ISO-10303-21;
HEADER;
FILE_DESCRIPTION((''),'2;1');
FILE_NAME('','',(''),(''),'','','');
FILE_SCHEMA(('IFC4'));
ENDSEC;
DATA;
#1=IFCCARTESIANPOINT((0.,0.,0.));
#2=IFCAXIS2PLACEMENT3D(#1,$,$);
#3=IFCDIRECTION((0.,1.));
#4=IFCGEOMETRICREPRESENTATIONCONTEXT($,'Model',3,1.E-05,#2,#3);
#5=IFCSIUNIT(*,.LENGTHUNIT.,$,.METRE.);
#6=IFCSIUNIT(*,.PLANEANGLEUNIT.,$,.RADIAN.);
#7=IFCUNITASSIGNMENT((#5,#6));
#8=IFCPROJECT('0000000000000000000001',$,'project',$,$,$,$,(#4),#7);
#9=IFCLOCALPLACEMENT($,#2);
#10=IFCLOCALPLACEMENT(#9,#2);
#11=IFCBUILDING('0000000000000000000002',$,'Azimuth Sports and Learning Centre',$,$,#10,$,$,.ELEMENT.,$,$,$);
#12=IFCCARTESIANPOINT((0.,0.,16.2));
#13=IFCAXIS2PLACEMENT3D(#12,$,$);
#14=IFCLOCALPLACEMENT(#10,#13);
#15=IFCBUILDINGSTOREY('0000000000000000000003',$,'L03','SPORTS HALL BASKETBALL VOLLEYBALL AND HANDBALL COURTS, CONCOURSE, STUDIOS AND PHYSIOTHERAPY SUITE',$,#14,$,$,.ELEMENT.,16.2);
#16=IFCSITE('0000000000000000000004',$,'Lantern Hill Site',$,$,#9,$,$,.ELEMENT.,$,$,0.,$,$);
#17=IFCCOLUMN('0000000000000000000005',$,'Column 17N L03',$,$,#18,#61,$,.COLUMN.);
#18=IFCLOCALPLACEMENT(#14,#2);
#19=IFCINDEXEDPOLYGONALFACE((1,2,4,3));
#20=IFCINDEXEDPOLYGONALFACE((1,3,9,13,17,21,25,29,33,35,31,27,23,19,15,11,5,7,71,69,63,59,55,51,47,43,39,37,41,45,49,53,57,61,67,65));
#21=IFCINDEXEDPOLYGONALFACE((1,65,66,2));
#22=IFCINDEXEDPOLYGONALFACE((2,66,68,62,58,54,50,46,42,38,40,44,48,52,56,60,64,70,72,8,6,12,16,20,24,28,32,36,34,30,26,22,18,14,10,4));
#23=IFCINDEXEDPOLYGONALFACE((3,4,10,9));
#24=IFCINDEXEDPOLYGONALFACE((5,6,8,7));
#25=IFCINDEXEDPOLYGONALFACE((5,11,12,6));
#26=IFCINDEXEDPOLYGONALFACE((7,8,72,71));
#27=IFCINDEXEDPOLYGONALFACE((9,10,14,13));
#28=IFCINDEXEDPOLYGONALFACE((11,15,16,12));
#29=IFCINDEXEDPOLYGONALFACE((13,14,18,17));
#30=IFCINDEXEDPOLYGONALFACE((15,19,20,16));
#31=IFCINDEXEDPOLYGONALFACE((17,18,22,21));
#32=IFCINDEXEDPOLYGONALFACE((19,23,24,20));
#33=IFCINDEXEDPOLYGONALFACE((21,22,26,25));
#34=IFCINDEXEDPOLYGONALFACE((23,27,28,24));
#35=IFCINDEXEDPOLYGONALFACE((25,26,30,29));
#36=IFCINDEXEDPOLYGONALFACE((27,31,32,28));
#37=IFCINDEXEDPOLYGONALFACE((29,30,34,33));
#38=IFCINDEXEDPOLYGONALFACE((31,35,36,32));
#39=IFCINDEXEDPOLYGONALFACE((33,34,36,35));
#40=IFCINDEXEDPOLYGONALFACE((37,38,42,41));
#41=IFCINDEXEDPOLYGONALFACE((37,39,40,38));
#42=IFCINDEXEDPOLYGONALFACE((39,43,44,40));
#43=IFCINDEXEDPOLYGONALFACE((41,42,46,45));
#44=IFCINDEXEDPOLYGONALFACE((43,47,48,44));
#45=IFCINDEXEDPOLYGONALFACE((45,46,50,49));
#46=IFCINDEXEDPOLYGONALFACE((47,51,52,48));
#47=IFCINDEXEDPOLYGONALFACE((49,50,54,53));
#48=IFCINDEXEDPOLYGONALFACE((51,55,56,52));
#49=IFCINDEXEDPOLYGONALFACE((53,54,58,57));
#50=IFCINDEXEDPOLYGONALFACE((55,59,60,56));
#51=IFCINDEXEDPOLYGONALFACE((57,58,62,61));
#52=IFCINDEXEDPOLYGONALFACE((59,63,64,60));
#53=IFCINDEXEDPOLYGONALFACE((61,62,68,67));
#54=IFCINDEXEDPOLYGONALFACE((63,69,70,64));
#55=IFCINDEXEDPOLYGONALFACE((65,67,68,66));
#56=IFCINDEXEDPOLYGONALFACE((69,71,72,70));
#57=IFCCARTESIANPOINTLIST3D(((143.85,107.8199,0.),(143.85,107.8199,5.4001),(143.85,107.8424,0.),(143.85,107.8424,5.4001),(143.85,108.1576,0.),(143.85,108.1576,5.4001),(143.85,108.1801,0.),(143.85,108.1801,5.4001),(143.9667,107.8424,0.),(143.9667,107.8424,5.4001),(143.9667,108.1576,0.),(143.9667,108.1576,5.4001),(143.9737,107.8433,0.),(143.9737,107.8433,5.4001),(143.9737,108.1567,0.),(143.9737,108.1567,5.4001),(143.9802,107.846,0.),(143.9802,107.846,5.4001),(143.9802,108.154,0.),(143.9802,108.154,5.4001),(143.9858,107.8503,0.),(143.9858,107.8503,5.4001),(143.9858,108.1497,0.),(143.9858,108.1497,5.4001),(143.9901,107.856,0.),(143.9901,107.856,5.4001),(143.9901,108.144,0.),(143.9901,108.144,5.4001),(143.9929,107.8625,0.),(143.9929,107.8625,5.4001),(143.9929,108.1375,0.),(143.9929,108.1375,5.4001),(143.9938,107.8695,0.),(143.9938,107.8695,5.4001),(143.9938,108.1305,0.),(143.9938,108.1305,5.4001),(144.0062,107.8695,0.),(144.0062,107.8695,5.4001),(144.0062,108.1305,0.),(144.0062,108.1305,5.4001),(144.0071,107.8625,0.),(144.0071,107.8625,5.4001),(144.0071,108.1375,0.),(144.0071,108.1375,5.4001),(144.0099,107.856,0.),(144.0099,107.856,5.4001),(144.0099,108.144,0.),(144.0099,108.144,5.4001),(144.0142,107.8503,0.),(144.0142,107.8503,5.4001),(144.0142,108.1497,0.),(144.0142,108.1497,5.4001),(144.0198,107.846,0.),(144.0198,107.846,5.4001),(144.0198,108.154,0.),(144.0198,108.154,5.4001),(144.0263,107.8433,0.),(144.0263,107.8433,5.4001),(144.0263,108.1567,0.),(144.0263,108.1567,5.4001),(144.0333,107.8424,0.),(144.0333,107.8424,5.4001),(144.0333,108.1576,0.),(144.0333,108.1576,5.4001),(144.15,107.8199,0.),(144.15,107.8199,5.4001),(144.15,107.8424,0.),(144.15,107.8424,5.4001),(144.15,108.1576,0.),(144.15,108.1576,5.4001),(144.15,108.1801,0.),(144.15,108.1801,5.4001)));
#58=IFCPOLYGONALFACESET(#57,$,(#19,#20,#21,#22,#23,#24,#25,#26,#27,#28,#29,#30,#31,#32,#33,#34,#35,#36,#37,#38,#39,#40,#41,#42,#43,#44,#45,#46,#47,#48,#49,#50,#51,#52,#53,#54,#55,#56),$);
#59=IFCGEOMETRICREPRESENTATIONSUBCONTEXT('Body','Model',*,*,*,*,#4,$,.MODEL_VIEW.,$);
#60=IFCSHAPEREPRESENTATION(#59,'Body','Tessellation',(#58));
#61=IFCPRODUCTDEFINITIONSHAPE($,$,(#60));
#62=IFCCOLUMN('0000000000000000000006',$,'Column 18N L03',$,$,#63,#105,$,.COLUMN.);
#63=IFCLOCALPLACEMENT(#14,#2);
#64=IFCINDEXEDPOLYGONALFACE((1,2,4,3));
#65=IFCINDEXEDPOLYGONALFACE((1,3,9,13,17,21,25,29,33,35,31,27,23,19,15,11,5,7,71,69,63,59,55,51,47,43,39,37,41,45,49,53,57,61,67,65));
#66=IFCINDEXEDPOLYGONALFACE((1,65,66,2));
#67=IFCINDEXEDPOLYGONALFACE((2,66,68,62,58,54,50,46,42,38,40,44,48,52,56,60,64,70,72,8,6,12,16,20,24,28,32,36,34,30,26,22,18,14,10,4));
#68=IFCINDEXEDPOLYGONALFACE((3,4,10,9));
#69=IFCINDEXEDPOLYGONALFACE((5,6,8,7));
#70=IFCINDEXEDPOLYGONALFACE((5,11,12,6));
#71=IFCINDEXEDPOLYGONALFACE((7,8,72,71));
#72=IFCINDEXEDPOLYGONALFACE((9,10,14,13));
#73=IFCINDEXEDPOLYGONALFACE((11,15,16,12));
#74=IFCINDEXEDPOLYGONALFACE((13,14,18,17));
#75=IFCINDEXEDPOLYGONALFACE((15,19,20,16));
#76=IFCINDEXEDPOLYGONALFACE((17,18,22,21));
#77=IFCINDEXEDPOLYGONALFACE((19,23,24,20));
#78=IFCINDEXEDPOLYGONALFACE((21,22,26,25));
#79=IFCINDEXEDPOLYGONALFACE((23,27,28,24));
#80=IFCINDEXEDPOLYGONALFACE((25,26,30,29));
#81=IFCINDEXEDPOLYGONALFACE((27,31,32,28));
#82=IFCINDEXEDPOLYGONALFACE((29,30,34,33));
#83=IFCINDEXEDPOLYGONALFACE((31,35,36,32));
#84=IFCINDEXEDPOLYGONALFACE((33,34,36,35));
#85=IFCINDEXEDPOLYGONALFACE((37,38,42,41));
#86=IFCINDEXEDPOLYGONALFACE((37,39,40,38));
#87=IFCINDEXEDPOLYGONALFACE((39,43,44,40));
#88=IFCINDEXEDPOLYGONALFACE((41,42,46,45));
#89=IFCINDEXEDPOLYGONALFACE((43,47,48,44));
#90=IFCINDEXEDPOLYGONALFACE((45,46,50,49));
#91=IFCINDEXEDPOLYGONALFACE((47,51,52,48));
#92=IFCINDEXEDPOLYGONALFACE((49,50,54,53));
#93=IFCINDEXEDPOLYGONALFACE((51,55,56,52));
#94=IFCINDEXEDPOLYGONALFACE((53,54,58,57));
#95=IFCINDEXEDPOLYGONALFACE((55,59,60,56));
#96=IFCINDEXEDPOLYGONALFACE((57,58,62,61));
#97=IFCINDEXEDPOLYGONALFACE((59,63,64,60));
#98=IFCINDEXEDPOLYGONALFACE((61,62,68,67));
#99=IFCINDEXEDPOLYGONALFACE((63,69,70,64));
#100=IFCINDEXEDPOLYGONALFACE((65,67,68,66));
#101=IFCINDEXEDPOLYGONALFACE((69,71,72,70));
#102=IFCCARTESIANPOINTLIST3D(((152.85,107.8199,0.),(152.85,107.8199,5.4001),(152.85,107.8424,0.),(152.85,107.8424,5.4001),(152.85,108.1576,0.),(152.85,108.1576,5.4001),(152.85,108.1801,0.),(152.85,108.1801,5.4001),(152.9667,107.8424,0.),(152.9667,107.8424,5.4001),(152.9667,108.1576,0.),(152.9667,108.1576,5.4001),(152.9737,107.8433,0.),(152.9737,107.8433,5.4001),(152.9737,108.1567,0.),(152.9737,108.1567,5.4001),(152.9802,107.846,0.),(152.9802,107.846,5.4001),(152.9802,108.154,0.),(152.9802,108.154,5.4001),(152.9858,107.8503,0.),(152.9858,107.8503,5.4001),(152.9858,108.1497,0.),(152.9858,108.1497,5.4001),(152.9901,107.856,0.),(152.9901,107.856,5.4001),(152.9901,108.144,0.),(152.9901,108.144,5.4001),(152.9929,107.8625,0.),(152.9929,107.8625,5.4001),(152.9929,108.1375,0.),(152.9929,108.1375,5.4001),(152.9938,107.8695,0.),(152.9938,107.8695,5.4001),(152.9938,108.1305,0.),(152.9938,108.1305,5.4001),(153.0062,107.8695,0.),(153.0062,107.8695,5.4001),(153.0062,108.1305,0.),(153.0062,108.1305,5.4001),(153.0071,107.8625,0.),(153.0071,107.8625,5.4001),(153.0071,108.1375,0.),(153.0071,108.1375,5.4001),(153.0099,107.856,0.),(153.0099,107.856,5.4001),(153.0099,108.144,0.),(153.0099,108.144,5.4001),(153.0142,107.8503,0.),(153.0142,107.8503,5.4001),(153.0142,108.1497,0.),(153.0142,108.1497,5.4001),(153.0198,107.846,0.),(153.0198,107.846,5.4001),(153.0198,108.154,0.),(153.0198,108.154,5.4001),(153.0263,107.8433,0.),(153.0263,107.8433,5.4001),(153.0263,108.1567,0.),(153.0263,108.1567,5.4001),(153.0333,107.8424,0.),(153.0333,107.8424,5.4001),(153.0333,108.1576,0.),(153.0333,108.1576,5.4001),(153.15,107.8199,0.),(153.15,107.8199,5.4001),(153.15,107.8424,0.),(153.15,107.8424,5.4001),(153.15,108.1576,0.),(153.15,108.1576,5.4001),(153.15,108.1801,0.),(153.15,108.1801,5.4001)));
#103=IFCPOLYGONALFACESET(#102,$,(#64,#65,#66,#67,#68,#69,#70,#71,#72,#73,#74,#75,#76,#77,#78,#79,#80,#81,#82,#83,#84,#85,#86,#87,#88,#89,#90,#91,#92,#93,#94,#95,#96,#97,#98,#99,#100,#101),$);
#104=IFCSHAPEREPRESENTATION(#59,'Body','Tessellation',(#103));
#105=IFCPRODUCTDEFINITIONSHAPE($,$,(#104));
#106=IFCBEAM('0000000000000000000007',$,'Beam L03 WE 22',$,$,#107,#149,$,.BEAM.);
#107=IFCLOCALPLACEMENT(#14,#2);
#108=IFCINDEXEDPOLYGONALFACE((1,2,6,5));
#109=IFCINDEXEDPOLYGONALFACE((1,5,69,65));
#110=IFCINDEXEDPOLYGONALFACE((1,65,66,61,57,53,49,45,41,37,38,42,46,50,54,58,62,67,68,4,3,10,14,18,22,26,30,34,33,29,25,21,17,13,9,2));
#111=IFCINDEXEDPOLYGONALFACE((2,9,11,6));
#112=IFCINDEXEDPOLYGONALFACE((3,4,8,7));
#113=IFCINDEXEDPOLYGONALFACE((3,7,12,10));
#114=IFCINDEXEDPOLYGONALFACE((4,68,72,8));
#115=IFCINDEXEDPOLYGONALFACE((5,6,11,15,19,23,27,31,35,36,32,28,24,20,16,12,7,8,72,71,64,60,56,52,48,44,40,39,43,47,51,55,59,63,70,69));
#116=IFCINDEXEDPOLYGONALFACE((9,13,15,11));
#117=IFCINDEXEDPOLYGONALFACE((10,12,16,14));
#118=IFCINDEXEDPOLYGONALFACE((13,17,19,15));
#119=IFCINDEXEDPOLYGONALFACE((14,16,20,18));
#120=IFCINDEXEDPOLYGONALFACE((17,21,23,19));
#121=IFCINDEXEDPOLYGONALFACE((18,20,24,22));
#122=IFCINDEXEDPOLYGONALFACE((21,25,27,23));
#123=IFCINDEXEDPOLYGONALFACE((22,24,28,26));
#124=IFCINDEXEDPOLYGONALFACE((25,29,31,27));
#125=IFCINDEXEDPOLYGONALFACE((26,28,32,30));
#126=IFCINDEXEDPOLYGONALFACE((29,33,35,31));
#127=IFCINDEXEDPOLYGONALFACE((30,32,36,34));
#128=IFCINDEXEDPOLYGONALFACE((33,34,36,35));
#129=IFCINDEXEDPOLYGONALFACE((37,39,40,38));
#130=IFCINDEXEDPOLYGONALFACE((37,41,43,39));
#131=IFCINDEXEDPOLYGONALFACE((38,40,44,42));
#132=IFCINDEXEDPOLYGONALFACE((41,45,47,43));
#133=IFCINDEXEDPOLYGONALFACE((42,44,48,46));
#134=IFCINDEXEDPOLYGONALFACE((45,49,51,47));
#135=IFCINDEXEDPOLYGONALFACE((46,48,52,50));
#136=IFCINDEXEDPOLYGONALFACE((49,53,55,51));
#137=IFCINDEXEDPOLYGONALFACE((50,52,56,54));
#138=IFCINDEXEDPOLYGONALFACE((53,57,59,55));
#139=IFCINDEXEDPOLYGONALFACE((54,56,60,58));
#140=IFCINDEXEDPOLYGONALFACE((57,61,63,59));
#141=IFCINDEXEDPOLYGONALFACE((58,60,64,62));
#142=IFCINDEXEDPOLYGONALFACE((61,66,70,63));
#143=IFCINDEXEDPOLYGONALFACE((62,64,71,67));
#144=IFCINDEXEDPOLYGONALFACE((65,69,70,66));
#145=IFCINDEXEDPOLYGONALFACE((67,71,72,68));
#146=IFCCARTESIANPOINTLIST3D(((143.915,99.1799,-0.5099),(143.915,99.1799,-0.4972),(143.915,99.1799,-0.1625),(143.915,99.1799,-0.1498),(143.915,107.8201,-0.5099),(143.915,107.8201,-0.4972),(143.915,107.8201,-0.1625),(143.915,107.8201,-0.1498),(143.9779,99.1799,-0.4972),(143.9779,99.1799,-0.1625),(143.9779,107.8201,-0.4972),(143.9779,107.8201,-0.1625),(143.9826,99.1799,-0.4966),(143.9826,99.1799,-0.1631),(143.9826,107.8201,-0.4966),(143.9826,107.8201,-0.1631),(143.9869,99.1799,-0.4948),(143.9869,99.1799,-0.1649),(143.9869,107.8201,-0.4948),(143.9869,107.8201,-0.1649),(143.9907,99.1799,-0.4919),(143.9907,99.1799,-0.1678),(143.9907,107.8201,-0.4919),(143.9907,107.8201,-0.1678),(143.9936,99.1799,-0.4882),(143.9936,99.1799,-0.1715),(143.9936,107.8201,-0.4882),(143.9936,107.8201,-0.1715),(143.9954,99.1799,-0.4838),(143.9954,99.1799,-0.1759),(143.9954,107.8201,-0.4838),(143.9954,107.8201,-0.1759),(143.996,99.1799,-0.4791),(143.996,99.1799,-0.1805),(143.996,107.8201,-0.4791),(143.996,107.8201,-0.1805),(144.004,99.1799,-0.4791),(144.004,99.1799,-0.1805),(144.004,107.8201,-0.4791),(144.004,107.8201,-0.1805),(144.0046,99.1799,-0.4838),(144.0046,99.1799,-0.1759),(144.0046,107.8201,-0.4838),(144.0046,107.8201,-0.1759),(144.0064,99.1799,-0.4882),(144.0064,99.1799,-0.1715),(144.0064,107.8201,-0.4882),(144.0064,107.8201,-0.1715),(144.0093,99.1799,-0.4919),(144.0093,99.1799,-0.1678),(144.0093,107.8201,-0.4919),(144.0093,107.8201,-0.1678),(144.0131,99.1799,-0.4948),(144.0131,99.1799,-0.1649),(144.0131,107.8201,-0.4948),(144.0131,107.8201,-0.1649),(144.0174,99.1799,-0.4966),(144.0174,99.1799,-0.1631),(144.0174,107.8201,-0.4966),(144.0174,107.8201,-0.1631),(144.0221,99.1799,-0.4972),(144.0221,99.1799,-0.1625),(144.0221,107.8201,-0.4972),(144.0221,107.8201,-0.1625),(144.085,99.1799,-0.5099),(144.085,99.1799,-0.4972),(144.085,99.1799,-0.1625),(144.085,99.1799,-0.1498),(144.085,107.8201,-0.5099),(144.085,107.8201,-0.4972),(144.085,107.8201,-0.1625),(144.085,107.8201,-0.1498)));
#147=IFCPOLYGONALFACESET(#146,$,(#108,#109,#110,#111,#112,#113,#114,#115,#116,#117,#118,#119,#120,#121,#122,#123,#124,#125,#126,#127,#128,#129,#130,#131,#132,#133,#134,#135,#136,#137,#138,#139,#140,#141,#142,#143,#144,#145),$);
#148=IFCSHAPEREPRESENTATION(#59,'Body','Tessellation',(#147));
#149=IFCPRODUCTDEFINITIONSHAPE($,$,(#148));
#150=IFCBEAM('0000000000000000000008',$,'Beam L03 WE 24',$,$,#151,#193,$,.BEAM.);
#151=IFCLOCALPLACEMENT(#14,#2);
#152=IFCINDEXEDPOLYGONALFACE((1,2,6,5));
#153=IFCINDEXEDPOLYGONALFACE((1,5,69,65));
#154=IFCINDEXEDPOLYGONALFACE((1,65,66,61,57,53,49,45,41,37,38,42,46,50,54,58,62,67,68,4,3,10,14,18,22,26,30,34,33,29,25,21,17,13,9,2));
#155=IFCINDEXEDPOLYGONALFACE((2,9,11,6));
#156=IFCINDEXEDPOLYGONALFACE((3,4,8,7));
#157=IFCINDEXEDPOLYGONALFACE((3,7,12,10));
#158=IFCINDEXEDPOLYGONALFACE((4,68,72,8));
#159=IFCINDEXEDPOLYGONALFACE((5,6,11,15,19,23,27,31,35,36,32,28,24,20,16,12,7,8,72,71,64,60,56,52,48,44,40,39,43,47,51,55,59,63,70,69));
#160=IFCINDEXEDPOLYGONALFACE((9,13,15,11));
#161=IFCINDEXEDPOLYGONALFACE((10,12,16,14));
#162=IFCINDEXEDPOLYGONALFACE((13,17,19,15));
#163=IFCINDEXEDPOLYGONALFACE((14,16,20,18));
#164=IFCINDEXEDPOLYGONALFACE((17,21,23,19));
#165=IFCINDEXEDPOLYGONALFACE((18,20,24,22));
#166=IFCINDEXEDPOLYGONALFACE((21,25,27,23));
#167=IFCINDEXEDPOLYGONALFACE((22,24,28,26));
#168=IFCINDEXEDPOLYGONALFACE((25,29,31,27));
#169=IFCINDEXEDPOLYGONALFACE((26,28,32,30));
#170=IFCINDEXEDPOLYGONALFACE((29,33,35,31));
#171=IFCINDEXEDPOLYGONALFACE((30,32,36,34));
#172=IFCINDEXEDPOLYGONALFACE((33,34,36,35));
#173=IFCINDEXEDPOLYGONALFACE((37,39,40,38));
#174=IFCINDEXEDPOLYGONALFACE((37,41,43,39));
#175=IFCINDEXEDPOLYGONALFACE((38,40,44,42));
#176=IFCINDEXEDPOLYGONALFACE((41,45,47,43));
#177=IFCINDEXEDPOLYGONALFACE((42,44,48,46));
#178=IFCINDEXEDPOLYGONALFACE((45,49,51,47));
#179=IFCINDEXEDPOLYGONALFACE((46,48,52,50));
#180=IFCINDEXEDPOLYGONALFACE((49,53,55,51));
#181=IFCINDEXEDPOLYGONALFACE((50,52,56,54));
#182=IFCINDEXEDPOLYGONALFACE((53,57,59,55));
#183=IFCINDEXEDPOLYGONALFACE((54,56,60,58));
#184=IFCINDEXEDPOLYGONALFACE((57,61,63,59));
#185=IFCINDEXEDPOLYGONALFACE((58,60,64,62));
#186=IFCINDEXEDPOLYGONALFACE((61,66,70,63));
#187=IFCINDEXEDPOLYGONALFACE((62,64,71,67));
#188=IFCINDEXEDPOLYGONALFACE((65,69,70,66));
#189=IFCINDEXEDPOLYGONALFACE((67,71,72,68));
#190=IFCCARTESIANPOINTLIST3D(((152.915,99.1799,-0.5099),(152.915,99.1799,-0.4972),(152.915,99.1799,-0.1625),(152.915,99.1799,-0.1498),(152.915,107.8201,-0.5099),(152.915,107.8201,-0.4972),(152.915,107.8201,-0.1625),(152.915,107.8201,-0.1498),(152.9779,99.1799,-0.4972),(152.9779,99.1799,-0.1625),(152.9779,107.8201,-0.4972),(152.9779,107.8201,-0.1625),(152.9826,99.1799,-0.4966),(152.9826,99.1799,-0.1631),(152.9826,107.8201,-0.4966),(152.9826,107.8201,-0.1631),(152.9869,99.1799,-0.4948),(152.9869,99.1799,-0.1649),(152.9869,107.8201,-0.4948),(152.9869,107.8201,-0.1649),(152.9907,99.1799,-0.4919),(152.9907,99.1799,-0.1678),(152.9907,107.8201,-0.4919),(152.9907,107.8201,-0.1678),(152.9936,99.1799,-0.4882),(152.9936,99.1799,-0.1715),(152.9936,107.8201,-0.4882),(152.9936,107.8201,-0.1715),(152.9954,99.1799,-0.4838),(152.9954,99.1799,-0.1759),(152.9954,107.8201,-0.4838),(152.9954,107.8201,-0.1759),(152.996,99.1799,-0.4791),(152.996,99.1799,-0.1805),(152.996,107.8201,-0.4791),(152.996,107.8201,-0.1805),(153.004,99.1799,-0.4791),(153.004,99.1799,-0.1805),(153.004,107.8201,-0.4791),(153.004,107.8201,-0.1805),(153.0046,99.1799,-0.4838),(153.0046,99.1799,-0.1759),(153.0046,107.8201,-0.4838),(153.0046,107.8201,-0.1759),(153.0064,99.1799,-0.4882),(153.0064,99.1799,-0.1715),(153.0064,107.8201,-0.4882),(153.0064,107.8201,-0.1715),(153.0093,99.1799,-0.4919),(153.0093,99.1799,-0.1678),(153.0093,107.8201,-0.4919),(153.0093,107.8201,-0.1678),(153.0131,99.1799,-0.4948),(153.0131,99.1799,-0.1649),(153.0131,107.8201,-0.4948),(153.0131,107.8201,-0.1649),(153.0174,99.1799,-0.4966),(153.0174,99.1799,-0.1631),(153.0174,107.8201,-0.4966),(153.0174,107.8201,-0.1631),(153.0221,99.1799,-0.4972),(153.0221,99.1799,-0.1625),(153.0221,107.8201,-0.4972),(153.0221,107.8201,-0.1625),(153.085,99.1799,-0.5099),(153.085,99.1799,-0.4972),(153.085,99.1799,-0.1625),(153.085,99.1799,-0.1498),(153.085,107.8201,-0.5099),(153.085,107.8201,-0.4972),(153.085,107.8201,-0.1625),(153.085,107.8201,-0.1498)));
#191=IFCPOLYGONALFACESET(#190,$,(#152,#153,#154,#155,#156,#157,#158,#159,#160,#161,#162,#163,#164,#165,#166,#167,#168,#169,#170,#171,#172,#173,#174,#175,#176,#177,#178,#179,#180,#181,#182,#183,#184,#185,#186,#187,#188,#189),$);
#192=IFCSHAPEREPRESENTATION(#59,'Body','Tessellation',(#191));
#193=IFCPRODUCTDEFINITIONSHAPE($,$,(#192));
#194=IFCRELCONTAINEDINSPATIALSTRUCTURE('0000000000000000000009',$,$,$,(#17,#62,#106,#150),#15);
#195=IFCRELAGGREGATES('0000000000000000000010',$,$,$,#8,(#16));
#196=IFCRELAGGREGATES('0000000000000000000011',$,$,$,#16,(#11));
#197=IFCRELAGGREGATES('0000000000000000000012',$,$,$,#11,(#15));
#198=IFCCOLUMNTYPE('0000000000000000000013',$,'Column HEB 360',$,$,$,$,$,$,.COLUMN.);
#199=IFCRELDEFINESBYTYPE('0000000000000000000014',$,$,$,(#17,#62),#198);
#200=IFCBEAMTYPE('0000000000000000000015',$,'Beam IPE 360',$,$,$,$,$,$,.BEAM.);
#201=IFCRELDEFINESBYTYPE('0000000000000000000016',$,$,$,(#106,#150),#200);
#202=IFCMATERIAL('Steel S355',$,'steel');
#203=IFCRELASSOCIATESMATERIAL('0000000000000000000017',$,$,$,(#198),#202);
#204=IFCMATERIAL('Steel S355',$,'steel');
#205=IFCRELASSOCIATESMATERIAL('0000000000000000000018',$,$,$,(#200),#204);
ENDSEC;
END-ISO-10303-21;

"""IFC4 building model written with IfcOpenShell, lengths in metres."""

from ifc_helpers import new_model, si_unit, direction, frame, origin, origin_2d, place, context, subcontext, project, spatial, i_section, extrude, material, material_profile, profile_set, type_object, element, save


model = new_model("IFC4")

# Units and contexts
model_context = context("Model", 3, precision=1e-05, world=origin(), true_north=direction((0.0, 1.0)))
body_context = subcontext(model_context, "Body", "Model", "MODEL_VIEW")
ifc_project = project(units=[si_unit("LENGTHUNIT", "METRE"), si_unit("PLANEANGLEUNIT", "RADIAN")], contexts=[model_context])

# Site, building, storey
site_placement = place(None, origin())
site = spatial("IfcSite", under=ifc_project, at=site_placement, Name="Lantern Hill Site", CompositionType="ELEMENT", RefElevation=0.0)
building_placement = place(site_placement, origin())
building = spatial("IfcBuilding", under=site, at=building_placement, Name="Azimuth Sports and Learning Centre", CompositionType="ELEMENT")
storey_placement = place(building_placement, frame((0.0, 0.0, 16.2)))
storey = spatial("IfcBuildingStorey", under=building, at=storey_placement, Name="L03", Description="SPORTS HALL BASKETBALL VOLLEYBALL AND HANDBALL COURTS, CONCOURSE, STUDIOS AND PHYSIOTHERAPY SUITE", CompositionType="ELEMENT", Elevation=16.2)

# Columns
ifc_material_1 = material(Name="Steel S355", Category="steel")
ifc_material_profile_1 = material_profile(ifc_material_1, i_section(OverallWidth=0.3, OverallDepth=0.3601, WebThickness=0.0125, FlangeThickness=0.0225, FilletRadius=0.0271, at=origin_2d()), Name="HEB 360")
ifc_profile_set_1 = profile_set([ifc_material_profile_1], Name="Steel S355")
column_type = type_object("IfcColumnType", Name="Column HEB 360", PredefinedType="COLUMN", material=ifc_profile_set_1)
for number, where, z_axis, x_axis, name in (
    (1, (144.0, 108.0, 0.0), (0.0, 0.0, 1.0), (1.0, 0.0, 0.0), "Column 17N L03"),
    (2, (153.0, 108.0, 0.0), (0.0, 0.0, 1.0), (1.0, 0.0, 0.0), "Column 18N L03"),
):
    element("IfcColumn", number, at=place(storey_placement, frame(where, z_axis=z_axis, x_axis=x_axis)), inside=storey, type_object=column_type, Name=name, PredefinedType="COLUMN", context=body_context, shape_type="SweptSolid", body=[
        extrude(i_section(OverallWidth=0.3, OverallDepth=0.3601, WebThickness=0.0125, FlangeThickness=0.0225, FilletRadius=0.0271, at=origin_2d()), origin(), (0.0, 0.0, 1.0), 5.4001),
    ])

# Beams
ifc_material_2 = material(Name="Steel S355", Category="steel")
ifc_material_profile_2 = material_profile(ifc_material_2, i_section(OverallWidth=0.1699, OverallDepth=0.3601, WebThickness=0.0081, FlangeThickness=0.0127, FilletRadius=0.0181, at=origin_2d()), Name="IPE 360")
ifc_profile_set_2 = profile_set([ifc_material_profile_2], Name="Steel S355")
beam_type_1 = type_object("IfcBeamType", Name="Beam IPE 360", PredefinedType="BEAM", material=ifc_profile_set_2)
for number, where, z_axis, x_axis, name in (
    (3, (144.0, 99.1799, -0.3298), (0.0, 1.0, 0.0), (-1.0, 0.0, 0.0), "Beam L03 WE 22"),
    (4, (153.0, 99.1799, -0.3298), (0.0, 1.0, 0.0), (-1.0, 0.0, 0.0), "Beam L03 WE 24"),
):
    element("IfcBeam", number, at=place(storey_placement, frame(where, z_axis=z_axis, x_axis=x_axis)), inside=storey, type_object=beam_type_1, Name=name, PredefinedType="BEAM", context=body_context, shape_type="SweptSolid", body=[
        extrude(i_section(OverallWidth=0.1699, OverallDepth=0.3601, WebThickness=0.0081, FlangeThickness=0.0127, FilletRadius=0.0181, at=origin_2d()), origin(), (0.0, 0.0, 1.0), 8.6401),
    ])

save(model, "model.ifc")
